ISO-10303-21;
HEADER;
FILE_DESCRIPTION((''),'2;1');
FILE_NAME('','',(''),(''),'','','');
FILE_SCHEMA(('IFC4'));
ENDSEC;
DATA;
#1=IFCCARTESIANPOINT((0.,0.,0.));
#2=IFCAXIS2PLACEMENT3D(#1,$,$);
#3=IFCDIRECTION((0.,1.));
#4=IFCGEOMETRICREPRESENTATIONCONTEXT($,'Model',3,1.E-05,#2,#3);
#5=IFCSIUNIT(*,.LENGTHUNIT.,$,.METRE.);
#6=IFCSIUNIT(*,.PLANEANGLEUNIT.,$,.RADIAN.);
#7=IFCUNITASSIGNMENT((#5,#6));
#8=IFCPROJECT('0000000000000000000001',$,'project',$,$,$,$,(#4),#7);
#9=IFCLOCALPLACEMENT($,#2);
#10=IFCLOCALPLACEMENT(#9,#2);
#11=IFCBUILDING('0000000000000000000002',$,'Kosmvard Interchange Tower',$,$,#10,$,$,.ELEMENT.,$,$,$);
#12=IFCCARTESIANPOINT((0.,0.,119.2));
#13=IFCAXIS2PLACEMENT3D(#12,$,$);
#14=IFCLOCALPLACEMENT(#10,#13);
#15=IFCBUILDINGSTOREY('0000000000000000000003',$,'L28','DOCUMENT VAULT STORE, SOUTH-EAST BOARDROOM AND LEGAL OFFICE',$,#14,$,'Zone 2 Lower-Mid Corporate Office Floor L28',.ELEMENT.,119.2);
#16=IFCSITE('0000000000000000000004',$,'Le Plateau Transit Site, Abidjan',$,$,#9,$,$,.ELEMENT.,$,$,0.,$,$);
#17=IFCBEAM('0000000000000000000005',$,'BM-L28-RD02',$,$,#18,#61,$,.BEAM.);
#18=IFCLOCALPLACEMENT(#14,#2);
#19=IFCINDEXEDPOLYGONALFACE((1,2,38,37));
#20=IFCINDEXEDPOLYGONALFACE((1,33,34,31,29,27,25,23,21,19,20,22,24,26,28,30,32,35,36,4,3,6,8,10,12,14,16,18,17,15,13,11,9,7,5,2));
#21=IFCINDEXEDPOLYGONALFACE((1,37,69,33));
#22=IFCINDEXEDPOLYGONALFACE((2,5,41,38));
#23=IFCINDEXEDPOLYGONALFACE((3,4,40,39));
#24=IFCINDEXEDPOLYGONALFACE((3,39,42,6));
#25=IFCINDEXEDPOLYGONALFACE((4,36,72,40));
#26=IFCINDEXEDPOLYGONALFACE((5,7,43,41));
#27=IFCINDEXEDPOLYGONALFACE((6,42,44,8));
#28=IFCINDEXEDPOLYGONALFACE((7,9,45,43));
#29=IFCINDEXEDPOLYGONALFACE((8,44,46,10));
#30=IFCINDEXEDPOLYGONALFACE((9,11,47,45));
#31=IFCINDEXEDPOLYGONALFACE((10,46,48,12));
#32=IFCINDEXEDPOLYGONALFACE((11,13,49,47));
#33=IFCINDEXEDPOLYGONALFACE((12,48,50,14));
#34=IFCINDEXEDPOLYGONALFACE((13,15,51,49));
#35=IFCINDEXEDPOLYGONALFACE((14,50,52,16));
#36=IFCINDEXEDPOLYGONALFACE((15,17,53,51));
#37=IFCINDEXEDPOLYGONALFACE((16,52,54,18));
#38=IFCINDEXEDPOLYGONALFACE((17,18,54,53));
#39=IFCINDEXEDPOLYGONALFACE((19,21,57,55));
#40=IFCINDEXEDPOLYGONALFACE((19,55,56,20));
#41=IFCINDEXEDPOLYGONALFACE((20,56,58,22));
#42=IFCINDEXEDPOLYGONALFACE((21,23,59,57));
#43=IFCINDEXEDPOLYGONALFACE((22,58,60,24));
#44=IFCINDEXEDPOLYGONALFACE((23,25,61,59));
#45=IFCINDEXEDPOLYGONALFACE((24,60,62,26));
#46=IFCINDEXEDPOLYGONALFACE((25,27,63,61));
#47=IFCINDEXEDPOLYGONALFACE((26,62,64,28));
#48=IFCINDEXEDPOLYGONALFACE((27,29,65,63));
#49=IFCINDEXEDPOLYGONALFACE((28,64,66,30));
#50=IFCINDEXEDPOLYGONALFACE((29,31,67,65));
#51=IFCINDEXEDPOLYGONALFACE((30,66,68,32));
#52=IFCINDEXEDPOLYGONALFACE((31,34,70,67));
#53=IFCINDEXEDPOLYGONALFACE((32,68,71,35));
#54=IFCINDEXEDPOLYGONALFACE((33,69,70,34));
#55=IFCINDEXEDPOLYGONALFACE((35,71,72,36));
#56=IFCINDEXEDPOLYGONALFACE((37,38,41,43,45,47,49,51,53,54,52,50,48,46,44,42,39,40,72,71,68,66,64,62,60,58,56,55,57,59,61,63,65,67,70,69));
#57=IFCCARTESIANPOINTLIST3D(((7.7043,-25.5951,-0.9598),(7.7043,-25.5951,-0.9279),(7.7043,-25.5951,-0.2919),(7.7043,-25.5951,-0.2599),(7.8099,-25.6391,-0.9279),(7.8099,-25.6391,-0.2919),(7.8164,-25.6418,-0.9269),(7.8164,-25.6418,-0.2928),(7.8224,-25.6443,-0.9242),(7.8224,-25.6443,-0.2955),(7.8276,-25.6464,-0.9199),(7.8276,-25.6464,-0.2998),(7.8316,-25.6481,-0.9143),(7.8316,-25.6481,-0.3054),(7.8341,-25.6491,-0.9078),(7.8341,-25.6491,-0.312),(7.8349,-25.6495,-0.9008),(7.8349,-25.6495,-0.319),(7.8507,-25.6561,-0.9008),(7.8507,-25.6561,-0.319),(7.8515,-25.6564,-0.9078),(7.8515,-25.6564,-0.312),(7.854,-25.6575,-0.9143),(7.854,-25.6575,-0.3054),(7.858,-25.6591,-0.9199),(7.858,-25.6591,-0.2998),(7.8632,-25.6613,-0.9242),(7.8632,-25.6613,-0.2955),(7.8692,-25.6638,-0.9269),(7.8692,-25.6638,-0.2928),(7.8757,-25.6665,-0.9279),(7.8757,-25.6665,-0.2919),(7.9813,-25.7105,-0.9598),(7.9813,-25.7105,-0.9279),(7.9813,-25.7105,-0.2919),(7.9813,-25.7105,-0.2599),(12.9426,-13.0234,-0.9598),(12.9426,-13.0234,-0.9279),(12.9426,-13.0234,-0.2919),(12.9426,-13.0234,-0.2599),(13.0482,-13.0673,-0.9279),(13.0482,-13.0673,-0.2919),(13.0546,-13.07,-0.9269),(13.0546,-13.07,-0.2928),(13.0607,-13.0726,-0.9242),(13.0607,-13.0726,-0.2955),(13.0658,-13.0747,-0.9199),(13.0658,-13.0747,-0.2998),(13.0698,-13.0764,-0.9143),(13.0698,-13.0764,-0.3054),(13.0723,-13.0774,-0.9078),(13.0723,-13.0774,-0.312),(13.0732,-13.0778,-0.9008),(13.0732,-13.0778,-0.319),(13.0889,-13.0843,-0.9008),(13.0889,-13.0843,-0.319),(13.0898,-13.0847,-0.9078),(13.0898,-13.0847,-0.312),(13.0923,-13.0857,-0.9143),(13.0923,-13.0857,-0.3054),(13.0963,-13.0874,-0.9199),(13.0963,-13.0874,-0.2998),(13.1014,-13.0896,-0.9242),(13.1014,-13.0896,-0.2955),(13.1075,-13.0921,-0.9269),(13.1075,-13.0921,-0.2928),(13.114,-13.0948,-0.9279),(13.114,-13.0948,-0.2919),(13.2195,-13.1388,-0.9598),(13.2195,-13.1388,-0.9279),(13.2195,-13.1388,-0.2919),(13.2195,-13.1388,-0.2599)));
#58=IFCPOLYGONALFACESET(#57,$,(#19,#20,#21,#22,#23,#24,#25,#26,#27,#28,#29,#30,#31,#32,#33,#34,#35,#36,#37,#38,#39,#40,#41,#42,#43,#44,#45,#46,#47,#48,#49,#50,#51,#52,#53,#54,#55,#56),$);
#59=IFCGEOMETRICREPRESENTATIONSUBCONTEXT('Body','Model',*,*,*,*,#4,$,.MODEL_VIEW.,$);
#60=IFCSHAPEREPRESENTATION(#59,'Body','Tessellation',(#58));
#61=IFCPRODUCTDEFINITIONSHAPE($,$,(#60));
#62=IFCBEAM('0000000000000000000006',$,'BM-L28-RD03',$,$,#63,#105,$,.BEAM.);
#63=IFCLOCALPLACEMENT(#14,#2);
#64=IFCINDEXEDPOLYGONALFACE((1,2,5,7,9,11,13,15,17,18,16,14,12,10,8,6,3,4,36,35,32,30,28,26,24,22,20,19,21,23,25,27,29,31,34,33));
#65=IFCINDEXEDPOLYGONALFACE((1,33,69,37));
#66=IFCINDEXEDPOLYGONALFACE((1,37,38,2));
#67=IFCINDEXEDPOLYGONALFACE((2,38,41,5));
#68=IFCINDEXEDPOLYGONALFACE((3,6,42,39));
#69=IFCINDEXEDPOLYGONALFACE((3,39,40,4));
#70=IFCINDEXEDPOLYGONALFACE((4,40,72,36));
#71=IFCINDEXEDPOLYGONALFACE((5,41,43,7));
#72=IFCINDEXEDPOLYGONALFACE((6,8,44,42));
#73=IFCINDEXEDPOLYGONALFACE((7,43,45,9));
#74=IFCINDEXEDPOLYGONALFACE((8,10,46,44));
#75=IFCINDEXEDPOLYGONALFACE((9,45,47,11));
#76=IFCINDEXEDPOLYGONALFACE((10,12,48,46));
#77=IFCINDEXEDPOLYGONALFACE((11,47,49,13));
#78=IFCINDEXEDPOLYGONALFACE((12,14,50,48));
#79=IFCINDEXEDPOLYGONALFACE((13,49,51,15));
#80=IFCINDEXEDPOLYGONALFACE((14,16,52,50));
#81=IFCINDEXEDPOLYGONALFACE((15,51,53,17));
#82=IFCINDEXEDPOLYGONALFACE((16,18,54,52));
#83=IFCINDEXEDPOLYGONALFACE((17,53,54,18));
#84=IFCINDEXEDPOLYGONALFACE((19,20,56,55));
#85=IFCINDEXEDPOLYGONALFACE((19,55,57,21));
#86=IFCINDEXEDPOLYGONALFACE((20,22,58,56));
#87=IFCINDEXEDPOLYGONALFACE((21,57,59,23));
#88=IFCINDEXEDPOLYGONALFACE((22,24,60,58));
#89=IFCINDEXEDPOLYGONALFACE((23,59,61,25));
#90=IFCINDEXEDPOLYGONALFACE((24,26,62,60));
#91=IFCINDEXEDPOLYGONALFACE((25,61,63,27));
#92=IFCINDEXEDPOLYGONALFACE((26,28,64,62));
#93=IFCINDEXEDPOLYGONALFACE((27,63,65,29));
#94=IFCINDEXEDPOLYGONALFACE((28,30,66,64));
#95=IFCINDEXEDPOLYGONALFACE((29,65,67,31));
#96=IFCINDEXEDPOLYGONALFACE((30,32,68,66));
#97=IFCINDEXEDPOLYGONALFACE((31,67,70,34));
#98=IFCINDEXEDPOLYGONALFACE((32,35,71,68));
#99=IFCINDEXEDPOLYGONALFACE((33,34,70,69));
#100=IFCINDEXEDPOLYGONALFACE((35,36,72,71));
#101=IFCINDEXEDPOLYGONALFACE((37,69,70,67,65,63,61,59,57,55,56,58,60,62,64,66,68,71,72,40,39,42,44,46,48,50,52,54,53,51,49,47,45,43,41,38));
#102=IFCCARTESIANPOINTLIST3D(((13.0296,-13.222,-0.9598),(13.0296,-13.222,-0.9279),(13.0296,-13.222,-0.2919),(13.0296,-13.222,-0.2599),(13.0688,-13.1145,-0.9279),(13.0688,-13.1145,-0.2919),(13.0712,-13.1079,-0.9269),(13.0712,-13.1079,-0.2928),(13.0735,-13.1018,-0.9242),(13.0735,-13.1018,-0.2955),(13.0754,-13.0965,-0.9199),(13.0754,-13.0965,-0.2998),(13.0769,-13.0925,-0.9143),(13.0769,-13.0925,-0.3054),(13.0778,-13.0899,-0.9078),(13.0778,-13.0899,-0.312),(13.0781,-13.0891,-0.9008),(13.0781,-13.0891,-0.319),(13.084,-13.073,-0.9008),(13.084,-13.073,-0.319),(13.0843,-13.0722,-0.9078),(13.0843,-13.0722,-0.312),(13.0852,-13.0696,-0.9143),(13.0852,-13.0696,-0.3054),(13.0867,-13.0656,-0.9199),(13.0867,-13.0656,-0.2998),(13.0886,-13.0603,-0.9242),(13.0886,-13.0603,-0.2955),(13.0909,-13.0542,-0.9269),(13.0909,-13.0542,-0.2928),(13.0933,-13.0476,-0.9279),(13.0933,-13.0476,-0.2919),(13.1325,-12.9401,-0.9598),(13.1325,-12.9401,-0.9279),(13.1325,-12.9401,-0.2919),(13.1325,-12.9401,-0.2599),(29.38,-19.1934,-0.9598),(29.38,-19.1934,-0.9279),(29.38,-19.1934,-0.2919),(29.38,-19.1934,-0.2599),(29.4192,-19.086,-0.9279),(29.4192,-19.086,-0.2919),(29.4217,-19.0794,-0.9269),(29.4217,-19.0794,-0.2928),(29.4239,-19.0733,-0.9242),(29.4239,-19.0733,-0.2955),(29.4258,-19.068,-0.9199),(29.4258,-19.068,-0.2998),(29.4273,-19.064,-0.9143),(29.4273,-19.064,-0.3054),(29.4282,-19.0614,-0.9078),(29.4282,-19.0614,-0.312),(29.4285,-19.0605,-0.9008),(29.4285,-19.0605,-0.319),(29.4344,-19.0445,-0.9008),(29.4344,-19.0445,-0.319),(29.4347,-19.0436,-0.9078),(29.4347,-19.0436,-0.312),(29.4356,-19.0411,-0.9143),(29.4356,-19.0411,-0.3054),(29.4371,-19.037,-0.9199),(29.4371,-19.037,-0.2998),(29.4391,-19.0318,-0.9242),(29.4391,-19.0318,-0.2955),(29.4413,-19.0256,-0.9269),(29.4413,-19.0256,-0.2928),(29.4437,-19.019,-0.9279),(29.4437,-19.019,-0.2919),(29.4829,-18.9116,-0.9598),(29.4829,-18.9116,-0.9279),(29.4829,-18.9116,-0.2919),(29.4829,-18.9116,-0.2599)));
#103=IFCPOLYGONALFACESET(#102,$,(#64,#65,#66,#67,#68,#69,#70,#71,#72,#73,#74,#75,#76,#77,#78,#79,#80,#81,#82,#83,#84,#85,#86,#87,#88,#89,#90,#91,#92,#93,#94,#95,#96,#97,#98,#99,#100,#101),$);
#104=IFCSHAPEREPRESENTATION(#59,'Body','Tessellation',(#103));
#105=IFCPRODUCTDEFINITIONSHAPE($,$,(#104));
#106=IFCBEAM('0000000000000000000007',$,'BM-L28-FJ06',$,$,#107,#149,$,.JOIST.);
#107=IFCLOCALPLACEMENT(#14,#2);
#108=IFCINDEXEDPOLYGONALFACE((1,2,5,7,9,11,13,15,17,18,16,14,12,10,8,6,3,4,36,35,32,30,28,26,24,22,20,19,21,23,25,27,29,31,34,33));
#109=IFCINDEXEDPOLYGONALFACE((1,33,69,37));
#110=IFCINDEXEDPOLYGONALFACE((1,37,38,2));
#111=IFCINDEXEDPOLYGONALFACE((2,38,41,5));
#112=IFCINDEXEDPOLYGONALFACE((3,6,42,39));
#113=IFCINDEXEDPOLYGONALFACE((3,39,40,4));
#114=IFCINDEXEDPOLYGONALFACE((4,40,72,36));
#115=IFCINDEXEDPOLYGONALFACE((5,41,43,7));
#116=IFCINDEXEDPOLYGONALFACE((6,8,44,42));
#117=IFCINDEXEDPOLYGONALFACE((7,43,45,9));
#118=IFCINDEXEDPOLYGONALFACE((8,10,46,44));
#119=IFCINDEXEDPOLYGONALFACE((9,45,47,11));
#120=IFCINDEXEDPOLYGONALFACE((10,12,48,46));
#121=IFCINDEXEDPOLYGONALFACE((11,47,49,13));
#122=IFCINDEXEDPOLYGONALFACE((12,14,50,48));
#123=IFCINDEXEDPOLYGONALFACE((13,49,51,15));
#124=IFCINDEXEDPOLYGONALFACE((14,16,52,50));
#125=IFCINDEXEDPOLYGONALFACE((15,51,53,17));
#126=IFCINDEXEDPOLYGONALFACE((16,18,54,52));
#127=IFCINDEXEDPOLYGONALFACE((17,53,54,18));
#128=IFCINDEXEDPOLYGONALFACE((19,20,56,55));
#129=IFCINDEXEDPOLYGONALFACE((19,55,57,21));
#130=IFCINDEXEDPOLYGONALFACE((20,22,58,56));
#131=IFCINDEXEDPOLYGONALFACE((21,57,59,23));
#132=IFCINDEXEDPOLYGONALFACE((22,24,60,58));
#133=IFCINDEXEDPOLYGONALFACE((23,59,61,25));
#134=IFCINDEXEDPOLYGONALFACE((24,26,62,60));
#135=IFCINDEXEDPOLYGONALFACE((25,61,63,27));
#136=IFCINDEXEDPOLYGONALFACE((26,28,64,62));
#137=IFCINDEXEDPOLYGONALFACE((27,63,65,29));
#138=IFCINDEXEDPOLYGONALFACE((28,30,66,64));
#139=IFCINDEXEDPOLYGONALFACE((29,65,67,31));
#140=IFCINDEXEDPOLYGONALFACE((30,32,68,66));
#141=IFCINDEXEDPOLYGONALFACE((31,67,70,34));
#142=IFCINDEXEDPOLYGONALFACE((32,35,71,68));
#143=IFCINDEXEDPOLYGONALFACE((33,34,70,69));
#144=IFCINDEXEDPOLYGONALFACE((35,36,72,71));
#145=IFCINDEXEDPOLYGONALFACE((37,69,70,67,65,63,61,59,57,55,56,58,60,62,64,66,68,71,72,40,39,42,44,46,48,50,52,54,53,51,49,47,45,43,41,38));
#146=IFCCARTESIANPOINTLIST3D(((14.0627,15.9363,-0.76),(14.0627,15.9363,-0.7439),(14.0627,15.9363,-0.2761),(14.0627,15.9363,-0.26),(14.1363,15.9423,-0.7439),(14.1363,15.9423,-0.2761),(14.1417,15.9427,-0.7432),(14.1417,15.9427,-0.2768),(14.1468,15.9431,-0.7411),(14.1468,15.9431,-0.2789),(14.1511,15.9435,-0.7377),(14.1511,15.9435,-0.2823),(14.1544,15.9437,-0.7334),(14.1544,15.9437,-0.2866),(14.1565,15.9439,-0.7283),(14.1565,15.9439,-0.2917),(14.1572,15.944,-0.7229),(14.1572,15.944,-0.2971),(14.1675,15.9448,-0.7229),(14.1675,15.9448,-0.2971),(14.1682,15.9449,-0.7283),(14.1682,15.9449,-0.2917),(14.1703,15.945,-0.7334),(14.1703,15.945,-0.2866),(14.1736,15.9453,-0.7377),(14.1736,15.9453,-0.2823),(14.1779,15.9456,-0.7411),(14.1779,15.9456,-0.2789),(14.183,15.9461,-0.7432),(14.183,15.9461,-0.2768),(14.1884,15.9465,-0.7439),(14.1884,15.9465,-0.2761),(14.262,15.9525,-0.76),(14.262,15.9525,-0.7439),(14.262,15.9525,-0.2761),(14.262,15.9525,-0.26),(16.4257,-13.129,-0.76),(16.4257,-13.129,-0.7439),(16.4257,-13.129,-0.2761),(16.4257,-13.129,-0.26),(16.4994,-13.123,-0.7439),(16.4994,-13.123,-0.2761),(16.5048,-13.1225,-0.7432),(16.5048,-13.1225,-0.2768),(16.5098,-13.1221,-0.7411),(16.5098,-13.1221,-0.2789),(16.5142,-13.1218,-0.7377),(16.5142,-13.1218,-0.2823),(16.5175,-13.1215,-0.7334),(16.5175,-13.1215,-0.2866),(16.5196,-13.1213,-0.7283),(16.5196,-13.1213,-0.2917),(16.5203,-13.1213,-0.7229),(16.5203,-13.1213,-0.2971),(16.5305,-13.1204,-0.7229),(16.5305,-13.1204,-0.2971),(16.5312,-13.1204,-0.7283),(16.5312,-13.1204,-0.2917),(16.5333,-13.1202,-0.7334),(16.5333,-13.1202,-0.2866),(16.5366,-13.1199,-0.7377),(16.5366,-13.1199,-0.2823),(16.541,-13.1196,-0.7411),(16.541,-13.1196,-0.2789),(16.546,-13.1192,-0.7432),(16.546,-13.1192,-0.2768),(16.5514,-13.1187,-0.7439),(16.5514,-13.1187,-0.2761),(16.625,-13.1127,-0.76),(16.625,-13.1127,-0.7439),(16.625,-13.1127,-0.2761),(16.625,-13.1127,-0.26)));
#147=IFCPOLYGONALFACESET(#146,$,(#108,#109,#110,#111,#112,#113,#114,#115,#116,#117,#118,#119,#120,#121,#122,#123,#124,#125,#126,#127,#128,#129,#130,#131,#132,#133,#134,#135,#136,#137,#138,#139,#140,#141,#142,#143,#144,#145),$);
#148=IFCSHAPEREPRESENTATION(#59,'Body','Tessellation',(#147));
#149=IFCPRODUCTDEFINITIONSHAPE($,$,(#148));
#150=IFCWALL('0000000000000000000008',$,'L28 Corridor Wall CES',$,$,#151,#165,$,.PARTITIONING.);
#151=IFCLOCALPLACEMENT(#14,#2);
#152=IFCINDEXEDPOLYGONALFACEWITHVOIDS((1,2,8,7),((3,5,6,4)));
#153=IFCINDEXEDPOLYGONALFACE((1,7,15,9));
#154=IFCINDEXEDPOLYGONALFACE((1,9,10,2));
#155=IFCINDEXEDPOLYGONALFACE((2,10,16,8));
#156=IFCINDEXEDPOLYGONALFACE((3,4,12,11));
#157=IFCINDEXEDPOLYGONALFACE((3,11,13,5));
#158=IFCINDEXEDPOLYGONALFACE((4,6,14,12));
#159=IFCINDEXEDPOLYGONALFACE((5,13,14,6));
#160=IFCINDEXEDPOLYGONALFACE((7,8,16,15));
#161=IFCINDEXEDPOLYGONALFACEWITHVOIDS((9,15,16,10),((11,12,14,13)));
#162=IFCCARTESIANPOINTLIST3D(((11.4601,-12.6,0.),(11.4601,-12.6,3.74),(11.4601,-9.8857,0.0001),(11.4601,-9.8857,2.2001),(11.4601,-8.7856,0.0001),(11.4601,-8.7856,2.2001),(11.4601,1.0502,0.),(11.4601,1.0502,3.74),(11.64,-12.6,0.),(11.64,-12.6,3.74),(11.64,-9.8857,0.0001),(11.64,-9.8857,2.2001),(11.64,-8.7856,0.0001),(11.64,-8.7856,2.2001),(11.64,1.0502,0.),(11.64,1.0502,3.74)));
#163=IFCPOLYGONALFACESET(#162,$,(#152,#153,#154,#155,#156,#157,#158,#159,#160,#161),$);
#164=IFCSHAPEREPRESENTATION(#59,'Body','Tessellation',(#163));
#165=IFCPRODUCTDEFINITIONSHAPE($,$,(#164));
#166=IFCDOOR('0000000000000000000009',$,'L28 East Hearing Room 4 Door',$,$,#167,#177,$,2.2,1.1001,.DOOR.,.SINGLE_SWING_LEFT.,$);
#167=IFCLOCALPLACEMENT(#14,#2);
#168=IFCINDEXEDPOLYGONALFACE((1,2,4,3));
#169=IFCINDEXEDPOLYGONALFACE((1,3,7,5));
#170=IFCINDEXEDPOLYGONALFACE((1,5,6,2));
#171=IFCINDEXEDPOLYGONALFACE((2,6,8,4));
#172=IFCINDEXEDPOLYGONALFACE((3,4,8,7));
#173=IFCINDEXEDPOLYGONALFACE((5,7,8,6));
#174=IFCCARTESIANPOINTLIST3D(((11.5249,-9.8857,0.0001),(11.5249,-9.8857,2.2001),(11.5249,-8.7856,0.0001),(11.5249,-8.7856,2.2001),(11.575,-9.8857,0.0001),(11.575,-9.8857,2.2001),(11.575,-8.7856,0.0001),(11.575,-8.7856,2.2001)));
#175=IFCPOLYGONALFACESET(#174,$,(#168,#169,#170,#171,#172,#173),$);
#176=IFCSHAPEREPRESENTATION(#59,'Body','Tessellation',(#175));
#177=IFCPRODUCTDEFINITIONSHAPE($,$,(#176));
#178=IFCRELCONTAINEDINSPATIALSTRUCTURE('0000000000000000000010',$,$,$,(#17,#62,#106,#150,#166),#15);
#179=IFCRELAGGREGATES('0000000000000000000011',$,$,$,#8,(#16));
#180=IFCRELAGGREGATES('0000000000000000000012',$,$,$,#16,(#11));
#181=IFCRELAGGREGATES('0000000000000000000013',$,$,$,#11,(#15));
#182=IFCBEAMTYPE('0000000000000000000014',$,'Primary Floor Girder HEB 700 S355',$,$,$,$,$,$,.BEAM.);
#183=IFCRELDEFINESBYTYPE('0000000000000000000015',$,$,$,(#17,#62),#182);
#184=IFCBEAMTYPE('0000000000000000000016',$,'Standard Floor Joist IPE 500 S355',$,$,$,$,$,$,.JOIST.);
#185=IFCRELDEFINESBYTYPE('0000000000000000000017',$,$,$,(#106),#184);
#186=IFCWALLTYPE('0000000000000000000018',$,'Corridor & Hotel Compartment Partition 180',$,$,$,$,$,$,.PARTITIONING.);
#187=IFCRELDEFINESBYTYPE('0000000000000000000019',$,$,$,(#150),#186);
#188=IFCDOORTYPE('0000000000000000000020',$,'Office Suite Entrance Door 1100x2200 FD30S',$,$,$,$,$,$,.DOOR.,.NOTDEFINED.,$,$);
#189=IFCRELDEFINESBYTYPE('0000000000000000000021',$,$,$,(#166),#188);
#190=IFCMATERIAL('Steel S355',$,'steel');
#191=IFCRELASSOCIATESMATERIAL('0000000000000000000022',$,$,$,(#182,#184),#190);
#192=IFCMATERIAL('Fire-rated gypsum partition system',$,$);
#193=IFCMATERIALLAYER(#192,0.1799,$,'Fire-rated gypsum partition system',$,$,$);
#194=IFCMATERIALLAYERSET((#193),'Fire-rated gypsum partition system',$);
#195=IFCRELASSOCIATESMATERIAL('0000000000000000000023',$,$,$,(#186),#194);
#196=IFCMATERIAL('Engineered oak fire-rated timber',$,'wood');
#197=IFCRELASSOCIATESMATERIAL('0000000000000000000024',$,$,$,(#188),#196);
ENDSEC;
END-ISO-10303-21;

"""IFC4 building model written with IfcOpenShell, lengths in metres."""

from ifc_helpers import new_model, si_unit, direction, frame, frame_2d, origin, origin_2d, place, context, subcontext, project, spatial, rectangle, i_section, extrude, source, transform, mapped, material, layer, layer_set, material_profile, profile_set, type_object, element, fill, save


model = new_model("IFC4")

# Units and contexts
model_context = context("Model", 3, precision=1e-05, world=origin(), true_north=direction((0.0, 1.0)))
body_context = subcontext(model_context, "Body", "Model", "MODEL_VIEW")
ifc_project = project(units=[si_unit("LENGTHUNIT", "METRE"), si_unit("PLANEANGLEUNIT", "RADIAN")], contexts=[model_context])

# Site, building, storey
site_placement = place(None, origin())
site = spatial("IfcSite", under=ifc_project, at=site_placement, Name="Le Plateau Transit Site, Abidjan", CompositionType="ELEMENT", RefElevation=0.0)
building_placement = place(site_placement, origin())
building = spatial("IfcBuilding", under=site, at=building_placement, Name="Kosmvard Interchange Tower", CompositionType="ELEMENT")
storey_placement = place(building_placement, frame((0.0, 0.0, 119.2)))
storey = spatial("IfcBuildingStorey", under=building, at=storey_placement, Name="L28", Description="DOCUMENT VAULT STORE, SOUTH-EAST BOARDROOM AND LEGAL OFFICE", LongName="Zone 2 Lower-Mid Corporate Office Floor L28", CompositionType="ELEMENT", Elevation=119.2)

# Beams
ifc_material_1 = material(Name="Steel S355", Category="steel")
ifc_material_profile_1 = material_profile(ifc_material_1, i_section(OverallWidth=0.3, OverallDepth=0.7, WebThickness=0.0171, FlangeThickness=0.032, FilletRadius=0.0271, at=origin_2d()), Name="HEB 700")
ifc_profile_set_1 = profile_set([ifc_material_profile_1], Name="Steel S355")
beam_type_1 = type_object("IfcBeamType", Name="Primary Floor Girder HEB 700 S355", PredefinedType="BEAM", material=ifc_profile_set_1)
shared_shape_1 = source(origin(), body_context, "Body", "SweptSolid", [
    extrude(i_section(OverallWidth=0.3, OverallDepth=0.7, WebThickness=0.0171, FlangeThickness=0.032, FilletRadius=0.0271, at=origin_2d()), origin(), (0.0, 0.0, 1.0), 13.6194),
])
beam_1_placement = place(storey_placement, frame((13.0811, -13.0811, -0.6099), z_axis=(-0.384618, -0.923076, 0.0), x_axis=(0.923076, -0.384618, 0.0)))
element("IfcBeam", 1, at=beam_1_placement, inside=storey, type_object=beam_type_1, Name="BM-L28-RD02", PredefinedType="BEAM", context=body_context, shape_type="MappedRepresentation", body=[
    mapped(shared_shape_1, transform((0.0, 0.0, 0.0), scale=1.0)),
])
shared_shape_2 = source(origin(), body_context, "Body", "SweptSolid", [
    extrude(i_section(OverallWidth=0.3, OverallDepth=0.7, WebThickness=0.0171, FlangeThickness=0.032, FilletRadius=0.0271, at=origin_2d()), origin(), (0.0, 0.0, 1.0), 17.4067),
])
beam_2_placement = place(storey_placement, frame((13.0811, -13.0811, -0.6099), z_axis=(0.939315, -0.343055, 0.0), x_axis=(0.343055, 0.939315, 0.0)))
element("IfcBeam", 2, at=beam_2_placement, inside=storey, type_object=beam_type_1, Name="BM-L28-RD03", PredefinedType="BEAM", context=body_context, shape_type="MappedRepresentation", body=[
    mapped(shared_shape_2, transform((0.0, 0.0, 0.0), scale=1.0)),
])
ifc_material_profile_2 = material_profile(ifc_material_1, i_section(OverallWidth=0.2, OverallDepth=0.5, WebThickness=0.0103, FlangeThickness=0.0161, FilletRadius=0.021, at=origin_2d()), Name="IPE 500")
ifc_profile_set_2 = profile_set([ifc_material_profile_2], Name="Steel S355")
beam_type_2 = type_object("IfcBeamType", Name="Standard Floor Joist IPE 500 S355", PredefinedType="JOIST", material=ifc_profile_set_2)
shared_shape_3 = source(origin(), body_context, "Body", "SweptSolid", [
    extrude(i_section(OverallWidth=0.2, OverallDepth=0.5, WebThickness=0.0103, FlangeThickness=0.0161, FilletRadius=0.021, at=origin_2d()), origin(), (0.0, 0.0, 1.0), 29.1611),
])
beam_3_placement = place(storey_placement, frame((16.5254, -13.1208, -0.51), z_axis=(-0.081034, 0.996711, 0.0), x_axis=(-0.996711, -0.081034, 0.0)))
element("IfcBeam", 3, at=beam_3_placement, inside=storey, type_object=beam_type_2, Name="BM-L28-FJ06", PredefinedType="JOIST", context=body_context, shape_type="MappedRepresentation", body=[
    mapped(shared_shape_3, transform((0.0, 0.0, 0.0), scale=1.0)),
])

# Wall, opening, door
ifc_material_2 = material(Name="Fire-rated gypsum partition system")
ifc_layer_1 = layer(ifc_material_2, 0.1799, Name="Fire-rated gypsum partition system")
ifc_layer_set_1 = layer_set([ifc_layer_1], Name="Fire-rated gypsum partition system")
wall_type_1 = type_object("IfcWallType", Name="Corridor & Hotel Compartment Partition 180", PredefinedType="PARTITIONING", material=ifc_layer_set_1)
wall_1_placement = place(storey_placement, frame((11.55, -12.6001, 0.0), z_axis=(0.0, 0.0, 1.0), x_axis=(0.0, 1.0, 0.0)))
wall_1 = element("IfcWall", 4, at=wall_1_placement, inside=storey, type_object=wall_type_1, Name="L28 Corridor Wall CES", PredefinedType="PARTITIONING", context=body_context, shape_type="SweptSolid", body=[
    extrude(rectangle(XDim=13.6501, YDim=0.1799, at=frame_2d((6.8252, 0.0))), origin(), (0.0, 0.0, 1.0), 3.74),
])
opening_1_placement = place(wall_1_placement, frame((2.7144, 0.0, 0.0)))
opening_1 = element("IfcOpeningElement", 5, at=opening_1_placement, cuts=wall_1, PredefinedType="OPENING", context=body_context, shape_type="SweptSolid", body=[
    extrude(rectangle(XDim=1.1001, YDim=2.2, at=frame_2d((0.55, 1.1001))), frame((0.0, 0.1001, 0.0), z_axis=(0.0, -1.0, 0.0), x_axis=(1.0, 0.0, 0.0)), (0.0, 0.0, 1.0), 0.2),
])
ifc_material_3 = material(Name="Engineered oak fire-rated timber", Category="wood")
door_type_1 = type_object("IfcDoorType", Name="Office Suite Entrance Door 1100x2200 FD30S", OperationType="NOTDEFINED", PredefinedType="DOOR", material=ifc_material_3)
shared_shape_4 = source(origin(), body_context, "Body", "SweptSolid", [
    extrude(rectangle(XDim=1.1001, YDim=2.2, at=frame_2d((0.55, 1.1001))), frame((0.0, 0.0249, 0.0), z_axis=(0.0, -1.0, 0.0), x_axis=(1.0, 0.0, 0.0)), (0.0, 0.0, 1.0), 0.05),
])
door_1_placement = place(opening_1_placement, frame((1.1001, 0.0, 0.0), z_axis=(0.0, 0.0, 1.0), x_axis=(-1.0, 0.0, 0.0)))
door_1 = element("IfcDoor", 6, at=door_1_placement, inside=storey, type_object=door_type_1, Name="L28 East Hearing Room 4 Door", OperationType="SINGLE_SWING_LEFT", OverallHeight=2.2, OverallWidth=1.1001, PredefinedType="DOOR", context=body_context, shape_type="MappedRepresentation", body=[
    mapped(shared_shape_4, transform((0.0, 0.0, 0.0), scale=1.0)),
])
fill(opening_1, door_1)

save(model, "model.ifc")
